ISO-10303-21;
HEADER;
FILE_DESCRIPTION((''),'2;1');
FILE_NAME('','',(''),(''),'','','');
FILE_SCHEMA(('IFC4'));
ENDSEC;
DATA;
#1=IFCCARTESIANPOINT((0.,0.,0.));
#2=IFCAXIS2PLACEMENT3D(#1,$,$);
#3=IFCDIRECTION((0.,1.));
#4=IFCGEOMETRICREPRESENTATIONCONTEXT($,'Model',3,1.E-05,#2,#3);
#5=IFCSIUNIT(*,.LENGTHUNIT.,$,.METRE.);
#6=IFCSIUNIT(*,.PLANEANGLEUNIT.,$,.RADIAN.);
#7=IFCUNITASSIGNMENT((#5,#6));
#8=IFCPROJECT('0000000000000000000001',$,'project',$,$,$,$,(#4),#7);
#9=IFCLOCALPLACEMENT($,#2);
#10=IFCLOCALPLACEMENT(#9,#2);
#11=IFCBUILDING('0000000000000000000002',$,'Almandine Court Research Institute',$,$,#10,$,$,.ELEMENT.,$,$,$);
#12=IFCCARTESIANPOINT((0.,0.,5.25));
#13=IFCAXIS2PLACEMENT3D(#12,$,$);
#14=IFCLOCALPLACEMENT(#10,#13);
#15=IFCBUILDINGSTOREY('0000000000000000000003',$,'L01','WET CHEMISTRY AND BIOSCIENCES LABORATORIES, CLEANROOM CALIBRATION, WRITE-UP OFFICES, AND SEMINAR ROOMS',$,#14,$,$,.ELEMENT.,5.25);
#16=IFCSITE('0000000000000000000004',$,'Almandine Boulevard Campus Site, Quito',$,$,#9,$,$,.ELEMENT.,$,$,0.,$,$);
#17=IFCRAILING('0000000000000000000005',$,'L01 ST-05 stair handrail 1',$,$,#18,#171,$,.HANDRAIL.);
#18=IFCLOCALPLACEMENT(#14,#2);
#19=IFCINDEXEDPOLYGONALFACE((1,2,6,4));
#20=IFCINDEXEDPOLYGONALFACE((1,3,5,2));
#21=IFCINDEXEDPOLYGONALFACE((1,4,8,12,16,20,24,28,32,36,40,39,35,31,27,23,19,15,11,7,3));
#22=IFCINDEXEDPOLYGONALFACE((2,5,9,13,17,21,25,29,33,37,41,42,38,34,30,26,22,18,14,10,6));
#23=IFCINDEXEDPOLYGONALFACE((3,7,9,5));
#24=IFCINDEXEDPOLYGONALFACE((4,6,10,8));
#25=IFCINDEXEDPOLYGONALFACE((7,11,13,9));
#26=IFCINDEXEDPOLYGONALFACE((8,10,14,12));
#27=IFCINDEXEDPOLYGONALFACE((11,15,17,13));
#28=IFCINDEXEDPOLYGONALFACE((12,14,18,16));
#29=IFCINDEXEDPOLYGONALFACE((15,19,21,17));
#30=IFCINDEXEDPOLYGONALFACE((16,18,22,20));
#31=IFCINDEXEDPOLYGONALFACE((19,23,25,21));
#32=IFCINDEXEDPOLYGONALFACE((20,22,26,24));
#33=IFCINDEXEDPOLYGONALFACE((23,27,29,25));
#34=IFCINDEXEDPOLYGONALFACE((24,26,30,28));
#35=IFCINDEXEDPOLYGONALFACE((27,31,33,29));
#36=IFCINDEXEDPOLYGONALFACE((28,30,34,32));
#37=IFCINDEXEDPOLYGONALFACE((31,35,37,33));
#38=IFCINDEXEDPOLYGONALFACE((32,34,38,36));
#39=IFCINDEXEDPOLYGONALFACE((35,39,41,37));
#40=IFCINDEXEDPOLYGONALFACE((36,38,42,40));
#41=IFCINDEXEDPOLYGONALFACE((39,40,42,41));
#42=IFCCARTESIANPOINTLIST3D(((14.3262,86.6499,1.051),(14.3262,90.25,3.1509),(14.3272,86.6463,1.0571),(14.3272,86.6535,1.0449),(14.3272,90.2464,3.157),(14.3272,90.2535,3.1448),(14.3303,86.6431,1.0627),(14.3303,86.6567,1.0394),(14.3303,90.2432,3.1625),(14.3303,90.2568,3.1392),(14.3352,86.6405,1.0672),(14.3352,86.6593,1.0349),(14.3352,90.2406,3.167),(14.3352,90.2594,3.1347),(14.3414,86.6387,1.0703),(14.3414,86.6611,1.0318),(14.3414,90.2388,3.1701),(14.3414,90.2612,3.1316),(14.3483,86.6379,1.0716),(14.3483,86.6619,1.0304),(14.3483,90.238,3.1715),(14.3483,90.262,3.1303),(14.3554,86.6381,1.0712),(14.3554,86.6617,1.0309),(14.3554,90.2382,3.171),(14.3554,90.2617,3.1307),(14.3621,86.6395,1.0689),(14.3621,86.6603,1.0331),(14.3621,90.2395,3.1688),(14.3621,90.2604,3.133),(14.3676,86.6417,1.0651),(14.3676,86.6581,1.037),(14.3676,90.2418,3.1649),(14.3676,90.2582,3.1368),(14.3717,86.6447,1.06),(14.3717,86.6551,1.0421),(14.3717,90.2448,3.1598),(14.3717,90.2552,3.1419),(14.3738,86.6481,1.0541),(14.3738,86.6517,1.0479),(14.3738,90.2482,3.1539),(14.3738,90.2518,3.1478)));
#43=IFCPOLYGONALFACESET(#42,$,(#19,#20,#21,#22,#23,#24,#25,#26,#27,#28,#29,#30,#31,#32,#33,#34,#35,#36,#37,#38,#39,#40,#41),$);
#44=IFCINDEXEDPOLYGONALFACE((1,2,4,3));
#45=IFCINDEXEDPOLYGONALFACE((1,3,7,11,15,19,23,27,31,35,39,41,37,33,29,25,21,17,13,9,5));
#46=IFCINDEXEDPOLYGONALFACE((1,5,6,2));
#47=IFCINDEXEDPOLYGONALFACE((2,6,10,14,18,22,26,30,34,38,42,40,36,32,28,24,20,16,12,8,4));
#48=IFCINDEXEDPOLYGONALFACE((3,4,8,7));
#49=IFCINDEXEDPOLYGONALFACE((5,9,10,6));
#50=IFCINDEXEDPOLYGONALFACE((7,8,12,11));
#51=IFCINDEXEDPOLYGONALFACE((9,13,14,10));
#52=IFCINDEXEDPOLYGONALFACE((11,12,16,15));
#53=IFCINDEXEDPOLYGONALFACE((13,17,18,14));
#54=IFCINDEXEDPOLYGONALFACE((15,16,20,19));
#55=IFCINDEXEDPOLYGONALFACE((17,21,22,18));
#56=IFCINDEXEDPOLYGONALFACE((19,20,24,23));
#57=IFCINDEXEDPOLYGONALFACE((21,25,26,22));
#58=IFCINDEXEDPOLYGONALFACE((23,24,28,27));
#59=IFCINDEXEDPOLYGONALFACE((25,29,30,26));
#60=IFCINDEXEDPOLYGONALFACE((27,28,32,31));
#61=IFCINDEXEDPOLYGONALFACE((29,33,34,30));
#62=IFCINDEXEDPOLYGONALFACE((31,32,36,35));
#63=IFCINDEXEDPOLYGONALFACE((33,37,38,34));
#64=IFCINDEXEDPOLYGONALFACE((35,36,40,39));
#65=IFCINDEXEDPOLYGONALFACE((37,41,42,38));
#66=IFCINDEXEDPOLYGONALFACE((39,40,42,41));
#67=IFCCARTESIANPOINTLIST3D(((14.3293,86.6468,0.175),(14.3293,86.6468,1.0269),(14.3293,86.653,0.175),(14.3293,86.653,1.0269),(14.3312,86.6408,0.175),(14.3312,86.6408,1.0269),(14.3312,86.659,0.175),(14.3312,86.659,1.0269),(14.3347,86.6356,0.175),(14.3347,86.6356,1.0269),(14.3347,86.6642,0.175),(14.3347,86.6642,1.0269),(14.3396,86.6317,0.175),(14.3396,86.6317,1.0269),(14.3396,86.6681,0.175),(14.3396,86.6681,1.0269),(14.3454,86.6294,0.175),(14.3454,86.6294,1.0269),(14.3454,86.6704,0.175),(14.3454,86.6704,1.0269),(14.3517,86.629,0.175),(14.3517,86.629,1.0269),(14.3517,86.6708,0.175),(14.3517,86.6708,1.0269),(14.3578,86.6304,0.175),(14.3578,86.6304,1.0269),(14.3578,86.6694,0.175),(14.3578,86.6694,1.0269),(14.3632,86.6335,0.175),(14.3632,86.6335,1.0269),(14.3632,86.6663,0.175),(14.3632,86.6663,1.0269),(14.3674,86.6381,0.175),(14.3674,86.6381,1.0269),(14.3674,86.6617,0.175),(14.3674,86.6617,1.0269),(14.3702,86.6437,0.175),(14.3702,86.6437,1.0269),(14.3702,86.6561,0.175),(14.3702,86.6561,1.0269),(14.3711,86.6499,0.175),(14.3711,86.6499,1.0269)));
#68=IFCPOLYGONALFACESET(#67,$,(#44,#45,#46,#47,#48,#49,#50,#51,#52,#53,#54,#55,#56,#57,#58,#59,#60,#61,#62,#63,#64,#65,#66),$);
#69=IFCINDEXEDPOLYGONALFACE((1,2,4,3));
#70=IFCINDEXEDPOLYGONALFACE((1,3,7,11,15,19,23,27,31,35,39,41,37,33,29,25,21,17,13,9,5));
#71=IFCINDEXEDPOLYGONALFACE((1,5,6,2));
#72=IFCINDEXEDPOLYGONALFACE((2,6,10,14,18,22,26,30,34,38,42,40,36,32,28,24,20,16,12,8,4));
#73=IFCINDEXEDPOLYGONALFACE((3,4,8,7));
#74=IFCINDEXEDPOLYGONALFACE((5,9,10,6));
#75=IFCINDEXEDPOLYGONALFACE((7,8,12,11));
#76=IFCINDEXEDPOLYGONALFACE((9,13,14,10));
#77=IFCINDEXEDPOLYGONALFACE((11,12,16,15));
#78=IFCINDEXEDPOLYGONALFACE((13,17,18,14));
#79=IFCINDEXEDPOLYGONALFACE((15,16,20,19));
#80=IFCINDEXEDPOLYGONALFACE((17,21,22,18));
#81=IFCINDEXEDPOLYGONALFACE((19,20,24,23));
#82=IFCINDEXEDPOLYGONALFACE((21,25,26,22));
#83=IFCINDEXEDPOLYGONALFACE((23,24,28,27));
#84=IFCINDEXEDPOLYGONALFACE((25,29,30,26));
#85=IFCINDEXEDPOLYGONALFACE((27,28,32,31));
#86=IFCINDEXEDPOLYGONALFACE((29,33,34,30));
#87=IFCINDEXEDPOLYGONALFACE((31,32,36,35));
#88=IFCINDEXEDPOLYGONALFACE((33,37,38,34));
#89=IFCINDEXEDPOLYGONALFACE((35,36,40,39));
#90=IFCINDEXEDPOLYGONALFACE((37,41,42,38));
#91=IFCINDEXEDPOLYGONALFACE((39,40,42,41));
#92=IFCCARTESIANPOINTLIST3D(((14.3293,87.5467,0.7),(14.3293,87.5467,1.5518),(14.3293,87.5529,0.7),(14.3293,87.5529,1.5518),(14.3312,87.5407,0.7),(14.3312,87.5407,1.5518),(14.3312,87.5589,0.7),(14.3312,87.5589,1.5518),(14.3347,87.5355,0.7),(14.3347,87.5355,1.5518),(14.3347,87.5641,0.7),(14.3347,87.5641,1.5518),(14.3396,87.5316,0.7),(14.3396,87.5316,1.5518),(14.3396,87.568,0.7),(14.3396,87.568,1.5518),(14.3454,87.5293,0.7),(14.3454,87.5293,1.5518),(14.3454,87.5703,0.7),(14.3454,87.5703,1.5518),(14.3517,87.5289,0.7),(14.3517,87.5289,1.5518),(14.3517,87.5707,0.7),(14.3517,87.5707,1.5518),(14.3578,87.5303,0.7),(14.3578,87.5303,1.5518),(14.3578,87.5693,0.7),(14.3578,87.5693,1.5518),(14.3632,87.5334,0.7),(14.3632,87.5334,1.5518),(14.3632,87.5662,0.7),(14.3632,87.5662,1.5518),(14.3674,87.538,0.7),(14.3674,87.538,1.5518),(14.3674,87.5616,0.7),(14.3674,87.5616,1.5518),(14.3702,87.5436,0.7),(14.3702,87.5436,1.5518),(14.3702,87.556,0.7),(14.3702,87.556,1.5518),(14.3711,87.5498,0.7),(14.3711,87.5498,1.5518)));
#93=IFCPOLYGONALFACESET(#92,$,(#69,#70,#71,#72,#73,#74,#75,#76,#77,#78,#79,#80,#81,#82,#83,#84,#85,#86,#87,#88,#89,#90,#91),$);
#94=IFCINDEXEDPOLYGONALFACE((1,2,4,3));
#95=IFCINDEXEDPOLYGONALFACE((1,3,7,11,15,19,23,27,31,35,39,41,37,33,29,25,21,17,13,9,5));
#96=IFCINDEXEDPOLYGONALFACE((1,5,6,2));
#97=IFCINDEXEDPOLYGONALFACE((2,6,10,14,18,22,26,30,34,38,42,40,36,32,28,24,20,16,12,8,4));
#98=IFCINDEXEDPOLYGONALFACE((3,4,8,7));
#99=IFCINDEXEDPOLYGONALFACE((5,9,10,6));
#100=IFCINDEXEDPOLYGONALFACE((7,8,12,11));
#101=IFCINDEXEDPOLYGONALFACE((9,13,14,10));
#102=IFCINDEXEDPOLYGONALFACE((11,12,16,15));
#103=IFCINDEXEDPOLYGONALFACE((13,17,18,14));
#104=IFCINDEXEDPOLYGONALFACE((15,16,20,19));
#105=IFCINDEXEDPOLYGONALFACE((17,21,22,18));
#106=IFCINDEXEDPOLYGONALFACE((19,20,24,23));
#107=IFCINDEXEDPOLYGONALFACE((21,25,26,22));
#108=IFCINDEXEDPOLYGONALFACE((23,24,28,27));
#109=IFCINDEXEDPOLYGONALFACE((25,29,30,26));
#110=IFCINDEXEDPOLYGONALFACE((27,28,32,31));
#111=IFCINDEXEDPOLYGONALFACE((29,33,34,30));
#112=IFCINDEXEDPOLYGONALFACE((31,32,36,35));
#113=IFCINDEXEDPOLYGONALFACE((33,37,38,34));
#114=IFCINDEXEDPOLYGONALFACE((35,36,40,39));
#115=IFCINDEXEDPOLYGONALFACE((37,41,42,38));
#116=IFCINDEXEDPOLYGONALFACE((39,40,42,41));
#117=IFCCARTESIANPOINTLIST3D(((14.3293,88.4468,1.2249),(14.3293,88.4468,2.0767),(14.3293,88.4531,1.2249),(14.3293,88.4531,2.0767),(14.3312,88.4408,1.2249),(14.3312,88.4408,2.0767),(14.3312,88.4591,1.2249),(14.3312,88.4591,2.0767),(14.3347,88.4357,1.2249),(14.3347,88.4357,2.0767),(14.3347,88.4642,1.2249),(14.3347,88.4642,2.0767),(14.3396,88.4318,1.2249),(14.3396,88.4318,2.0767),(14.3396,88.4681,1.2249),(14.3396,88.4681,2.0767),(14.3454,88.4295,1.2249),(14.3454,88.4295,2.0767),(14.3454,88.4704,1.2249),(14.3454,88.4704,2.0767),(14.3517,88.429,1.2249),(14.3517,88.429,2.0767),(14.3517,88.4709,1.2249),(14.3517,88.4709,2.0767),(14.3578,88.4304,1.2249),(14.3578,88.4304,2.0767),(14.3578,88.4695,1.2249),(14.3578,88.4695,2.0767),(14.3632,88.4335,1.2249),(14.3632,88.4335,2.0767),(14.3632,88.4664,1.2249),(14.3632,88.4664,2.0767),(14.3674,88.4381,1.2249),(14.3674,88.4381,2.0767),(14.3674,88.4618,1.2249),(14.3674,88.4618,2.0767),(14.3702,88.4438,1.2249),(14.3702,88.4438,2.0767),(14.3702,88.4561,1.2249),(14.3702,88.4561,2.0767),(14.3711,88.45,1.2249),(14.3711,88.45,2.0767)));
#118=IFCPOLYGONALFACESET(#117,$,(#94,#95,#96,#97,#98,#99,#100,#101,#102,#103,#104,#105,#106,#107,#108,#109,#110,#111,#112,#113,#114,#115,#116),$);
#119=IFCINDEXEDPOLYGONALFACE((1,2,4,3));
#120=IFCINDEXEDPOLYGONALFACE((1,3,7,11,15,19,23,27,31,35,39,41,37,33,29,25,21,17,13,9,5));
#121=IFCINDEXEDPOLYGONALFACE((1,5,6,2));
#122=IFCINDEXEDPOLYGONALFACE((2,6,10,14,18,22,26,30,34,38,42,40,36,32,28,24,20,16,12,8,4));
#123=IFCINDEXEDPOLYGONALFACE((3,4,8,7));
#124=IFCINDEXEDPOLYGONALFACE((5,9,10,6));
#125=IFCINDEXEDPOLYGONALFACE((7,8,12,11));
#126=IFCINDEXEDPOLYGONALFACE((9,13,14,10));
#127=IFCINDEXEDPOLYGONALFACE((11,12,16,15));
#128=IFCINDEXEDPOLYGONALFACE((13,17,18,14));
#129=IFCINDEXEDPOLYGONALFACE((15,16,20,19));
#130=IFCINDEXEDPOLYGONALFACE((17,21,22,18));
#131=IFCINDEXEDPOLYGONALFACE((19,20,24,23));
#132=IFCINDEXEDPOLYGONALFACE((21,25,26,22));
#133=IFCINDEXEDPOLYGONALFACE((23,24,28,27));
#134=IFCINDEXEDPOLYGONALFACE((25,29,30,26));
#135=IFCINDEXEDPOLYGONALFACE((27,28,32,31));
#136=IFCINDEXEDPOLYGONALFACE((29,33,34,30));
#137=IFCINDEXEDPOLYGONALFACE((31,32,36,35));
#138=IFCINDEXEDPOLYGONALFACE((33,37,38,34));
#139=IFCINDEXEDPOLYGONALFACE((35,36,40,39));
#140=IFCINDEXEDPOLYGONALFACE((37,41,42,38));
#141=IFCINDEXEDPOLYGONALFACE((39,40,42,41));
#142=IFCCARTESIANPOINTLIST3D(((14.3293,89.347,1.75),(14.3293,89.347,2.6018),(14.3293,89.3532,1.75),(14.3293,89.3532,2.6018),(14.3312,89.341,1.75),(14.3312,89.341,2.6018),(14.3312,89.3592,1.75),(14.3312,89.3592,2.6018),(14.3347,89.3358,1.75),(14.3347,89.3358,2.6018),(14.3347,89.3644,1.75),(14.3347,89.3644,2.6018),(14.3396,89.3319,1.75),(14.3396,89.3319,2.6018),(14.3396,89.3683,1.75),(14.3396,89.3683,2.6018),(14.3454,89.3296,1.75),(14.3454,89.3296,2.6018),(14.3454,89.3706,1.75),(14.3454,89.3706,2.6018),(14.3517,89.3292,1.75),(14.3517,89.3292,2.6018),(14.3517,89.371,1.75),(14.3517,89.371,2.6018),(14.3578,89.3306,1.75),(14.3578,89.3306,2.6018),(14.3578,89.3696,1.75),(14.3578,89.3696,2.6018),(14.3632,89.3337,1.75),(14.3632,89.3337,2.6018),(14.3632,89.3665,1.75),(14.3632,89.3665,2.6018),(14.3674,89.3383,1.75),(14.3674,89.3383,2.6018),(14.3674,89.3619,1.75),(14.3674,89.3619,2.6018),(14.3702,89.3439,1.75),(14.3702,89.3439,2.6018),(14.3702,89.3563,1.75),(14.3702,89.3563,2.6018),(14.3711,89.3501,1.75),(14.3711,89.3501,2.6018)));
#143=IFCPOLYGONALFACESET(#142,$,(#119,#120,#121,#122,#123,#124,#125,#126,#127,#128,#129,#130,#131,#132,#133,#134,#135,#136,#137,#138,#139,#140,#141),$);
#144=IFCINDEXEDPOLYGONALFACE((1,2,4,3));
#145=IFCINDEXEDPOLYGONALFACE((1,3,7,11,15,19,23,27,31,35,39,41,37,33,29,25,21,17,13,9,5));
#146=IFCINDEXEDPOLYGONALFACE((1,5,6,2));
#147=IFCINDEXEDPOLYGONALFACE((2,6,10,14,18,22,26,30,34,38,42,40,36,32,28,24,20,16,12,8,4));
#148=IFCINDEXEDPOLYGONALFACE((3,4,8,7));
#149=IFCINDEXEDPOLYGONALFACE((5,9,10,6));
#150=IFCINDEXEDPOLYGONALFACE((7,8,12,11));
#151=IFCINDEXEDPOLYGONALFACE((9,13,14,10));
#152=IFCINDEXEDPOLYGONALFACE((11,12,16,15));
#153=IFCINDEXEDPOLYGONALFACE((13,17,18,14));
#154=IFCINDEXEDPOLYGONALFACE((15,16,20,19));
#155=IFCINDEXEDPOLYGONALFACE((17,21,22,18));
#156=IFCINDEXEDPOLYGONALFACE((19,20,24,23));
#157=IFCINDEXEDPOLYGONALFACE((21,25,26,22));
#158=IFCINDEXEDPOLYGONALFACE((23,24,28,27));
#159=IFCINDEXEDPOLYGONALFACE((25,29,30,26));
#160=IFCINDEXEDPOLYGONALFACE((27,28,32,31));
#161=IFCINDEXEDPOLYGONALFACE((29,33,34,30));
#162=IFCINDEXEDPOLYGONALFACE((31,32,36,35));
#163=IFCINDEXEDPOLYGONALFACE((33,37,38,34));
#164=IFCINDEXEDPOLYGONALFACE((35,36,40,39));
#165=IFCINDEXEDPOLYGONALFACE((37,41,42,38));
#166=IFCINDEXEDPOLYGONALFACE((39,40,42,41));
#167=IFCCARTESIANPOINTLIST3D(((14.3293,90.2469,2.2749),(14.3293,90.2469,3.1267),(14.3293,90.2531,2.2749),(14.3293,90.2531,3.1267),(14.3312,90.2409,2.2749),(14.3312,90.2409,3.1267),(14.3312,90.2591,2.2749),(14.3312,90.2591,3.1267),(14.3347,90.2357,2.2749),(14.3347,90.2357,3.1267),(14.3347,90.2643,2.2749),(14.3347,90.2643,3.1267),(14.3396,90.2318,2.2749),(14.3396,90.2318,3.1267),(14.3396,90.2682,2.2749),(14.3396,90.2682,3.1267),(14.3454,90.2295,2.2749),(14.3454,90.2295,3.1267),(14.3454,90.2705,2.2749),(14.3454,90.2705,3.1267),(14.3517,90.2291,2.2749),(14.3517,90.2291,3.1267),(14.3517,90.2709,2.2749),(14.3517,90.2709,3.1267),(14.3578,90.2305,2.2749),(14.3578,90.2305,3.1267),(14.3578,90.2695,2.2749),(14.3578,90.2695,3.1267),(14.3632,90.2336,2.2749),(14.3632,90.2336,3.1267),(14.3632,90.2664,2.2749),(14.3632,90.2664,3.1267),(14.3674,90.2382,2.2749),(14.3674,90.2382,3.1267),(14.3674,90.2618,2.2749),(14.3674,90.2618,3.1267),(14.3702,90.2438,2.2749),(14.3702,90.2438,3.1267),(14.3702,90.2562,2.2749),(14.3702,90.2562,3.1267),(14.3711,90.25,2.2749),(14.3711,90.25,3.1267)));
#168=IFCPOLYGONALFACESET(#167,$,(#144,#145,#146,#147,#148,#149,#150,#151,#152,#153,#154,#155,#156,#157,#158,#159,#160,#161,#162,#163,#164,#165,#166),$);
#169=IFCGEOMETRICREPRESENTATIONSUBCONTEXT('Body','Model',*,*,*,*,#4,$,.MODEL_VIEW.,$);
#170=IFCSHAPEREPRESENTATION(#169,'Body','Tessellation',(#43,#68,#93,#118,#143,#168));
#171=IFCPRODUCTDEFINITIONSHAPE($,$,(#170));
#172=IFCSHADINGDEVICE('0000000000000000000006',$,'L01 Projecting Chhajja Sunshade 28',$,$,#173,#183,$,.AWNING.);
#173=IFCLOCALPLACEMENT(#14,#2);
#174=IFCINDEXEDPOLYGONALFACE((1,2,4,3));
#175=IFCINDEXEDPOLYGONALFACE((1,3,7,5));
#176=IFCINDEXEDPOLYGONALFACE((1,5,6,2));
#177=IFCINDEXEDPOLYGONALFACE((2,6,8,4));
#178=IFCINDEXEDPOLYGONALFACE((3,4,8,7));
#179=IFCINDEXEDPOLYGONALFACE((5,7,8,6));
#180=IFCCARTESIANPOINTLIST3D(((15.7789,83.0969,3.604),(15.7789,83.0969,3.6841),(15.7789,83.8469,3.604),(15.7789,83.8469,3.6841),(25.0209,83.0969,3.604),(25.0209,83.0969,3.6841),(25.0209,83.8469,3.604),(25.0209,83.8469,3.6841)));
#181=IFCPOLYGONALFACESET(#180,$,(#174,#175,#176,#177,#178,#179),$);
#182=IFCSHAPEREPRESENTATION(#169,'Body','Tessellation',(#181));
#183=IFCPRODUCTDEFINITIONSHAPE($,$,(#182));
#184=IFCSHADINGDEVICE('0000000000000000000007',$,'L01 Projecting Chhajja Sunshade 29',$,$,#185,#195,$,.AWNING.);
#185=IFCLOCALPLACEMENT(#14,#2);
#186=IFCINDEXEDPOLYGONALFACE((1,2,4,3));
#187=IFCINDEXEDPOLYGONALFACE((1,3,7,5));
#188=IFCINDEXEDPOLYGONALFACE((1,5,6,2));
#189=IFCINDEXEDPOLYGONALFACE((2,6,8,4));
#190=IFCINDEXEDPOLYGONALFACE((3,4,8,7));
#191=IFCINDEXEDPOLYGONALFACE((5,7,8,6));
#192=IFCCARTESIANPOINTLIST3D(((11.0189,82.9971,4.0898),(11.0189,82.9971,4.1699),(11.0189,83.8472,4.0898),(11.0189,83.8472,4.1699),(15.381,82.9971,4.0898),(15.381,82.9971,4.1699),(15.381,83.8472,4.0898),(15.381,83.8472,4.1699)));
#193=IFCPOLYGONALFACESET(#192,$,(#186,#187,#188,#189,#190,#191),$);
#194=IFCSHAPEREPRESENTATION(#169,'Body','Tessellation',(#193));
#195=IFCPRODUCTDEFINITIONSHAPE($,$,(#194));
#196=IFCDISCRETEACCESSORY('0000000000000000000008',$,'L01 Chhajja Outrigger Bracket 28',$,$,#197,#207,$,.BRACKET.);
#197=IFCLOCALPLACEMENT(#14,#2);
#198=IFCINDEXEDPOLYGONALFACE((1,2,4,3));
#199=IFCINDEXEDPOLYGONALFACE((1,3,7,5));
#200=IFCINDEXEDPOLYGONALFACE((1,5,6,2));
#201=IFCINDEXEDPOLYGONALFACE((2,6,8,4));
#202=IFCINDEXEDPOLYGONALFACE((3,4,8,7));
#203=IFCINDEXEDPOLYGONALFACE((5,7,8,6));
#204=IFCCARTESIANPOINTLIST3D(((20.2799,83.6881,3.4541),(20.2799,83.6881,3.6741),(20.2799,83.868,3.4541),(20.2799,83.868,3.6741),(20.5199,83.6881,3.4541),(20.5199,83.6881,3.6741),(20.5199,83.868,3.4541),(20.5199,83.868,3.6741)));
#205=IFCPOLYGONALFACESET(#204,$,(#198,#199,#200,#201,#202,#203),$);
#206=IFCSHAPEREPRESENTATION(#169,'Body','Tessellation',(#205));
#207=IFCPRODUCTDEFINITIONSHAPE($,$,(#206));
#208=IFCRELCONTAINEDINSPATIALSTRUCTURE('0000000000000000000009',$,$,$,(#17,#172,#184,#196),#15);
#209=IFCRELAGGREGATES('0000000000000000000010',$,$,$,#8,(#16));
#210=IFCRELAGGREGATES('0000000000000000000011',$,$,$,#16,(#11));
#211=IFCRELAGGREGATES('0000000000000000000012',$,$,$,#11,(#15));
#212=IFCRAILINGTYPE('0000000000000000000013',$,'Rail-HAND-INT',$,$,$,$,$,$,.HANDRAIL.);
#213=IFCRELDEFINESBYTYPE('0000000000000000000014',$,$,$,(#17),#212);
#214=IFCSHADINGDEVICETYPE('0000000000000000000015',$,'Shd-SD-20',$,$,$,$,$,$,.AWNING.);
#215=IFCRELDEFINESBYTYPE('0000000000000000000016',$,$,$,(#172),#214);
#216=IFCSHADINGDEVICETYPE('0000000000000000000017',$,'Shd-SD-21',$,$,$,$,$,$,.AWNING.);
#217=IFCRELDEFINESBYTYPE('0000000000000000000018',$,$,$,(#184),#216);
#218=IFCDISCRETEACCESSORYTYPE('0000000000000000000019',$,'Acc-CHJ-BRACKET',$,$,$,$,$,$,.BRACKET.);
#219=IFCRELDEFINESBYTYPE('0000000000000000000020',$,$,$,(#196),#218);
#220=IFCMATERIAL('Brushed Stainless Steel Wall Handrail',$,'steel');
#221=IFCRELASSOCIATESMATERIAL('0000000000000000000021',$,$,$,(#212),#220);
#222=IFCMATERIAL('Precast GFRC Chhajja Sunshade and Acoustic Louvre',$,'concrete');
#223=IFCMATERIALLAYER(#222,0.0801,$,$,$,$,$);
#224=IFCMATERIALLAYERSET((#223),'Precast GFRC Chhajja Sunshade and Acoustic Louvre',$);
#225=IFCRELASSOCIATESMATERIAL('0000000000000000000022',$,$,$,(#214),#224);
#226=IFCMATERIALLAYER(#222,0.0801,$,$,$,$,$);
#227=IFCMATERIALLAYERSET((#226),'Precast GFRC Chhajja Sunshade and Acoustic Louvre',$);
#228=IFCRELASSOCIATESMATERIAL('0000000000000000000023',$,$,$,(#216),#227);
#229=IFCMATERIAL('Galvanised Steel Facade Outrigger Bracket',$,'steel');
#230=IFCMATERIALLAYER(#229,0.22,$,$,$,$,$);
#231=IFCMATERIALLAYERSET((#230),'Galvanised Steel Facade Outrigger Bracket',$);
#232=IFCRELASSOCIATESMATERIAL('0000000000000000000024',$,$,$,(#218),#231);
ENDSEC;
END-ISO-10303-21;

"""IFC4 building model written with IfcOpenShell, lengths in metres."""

from ifc_helpers import new_model, si_unit, direction, frame, origin, origin_2d, place, context, subcontext, project, spatial, rectangle, circle, extrude, material, layer, layer_set, type_object, element, save


model = new_model("IFC4")

# Units and contexts
model_context = context("Model", 3, precision=1e-05, world=origin(), true_north=direction((0.0, 1.0)))
body_context = subcontext(model_context, "Body", "Model", "MODEL_VIEW")
ifc_project = project(units=[si_unit("LENGTHUNIT", "METRE"), si_unit("PLANEANGLEUNIT", "RADIAN")], contexts=[model_context])

# Site, building, storey
site_placement = place(None, origin())
site = spatial("IfcSite", under=ifc_project, at=site_placement, Name="Almandine Boulevard Campus Site, Quito", CompositionType="ELEMENT", RefElevation=0.0)
building_placement = place(site_placement, origin())
building = spatial("IfcBuilding", under=site, at=building_placement, Name="Almandine Court Research Institute", CompositionType="ELEMENT")
storey_placement = place(building_placement, frame((0.0, 0.0, 5.25)))
storey = spatial("IfcBuildingStorey", under=building, at=storey_placement, Name="L01", Description="WET CHEMISTRY AND BIOSCIENCES LABORATORIES, CLEANROOM CALIBRATION, WRITE-UP OFFICES, AND SEMINAR ROOMS", CompositionType="ELEMENT", Elevation=5.25)

# Railing
ifc_material_1 = material(Name="Brushed Stainless Steel Wall Handrail", Category="steel")
railing_type_1 = type_object("IfcRailingType", Name="Rail-HAND-INT", PredefinedType="HANDRAIL", material=ifc_material_1)
railing_1_placement = place(storey_placement, frame((14.3501, 86.6499, 0.175)))
element("IfcRailing", 1, at=railing_1_placement, inside=storey, type_object=railing_type_1, Name="L01 ST-05 stair handrail 1", PredefinedType="HANDRAIL", context=body_context, shape_type="SweptSolid", body=[
    extrude(circle(Radius=0.0239, at=origin_2d()), frame((0.0, 0.0, 0.876), z_axis=(0.0, 0.8638, 0.503835), x_axis=(-1.0, 0.0, 0.0)), (0.0, 0.0, 1.0), 4.1677),
    extrude(circle(Radius=0.021, at=origin_2d()), origin(), (0.0, 0.0, 1.0), 0.8518),
    extrude(circle(Radius=0.021, at=origin_2d()), frame((0.0, 0.8999, 0.5249)), (0.0, 0.0, 1.0), 0.8518),
    extrude(circle(Radius=0.021, at=origin_2d()), frame((0.0, 1.8, 1.0498)), (0.0, 0.0, 1.0), 0.8518),
    extrude(circle(Radius=0.021, at=origin_2d()), frame((0.0, 2.7002, 1.575)), (0.0, 0.0, 1.0), 0.8518),
    extrude(circle(Radius=0.021, at=origin_2d()), frame((0.0, 3.6001, 2.0999)), (0.0, 0.0, 1.0), 0.8518),
])

# Shading devices
ifc_material_2 = material(Name="Precast GFRC Chhajja Sunshade and Acoustic Louvre", Category="concrete")
ifc_layer_1 = layer(ifc_material_2, 0.0801)
ifc_layer_set_1 = layer_set([ifc_layer_1], Name="Precast GFRC Chhajja Sunshade and Acoustic Louvre")
shading_device_type_1 = type_object("IfcShadingDeviceType", Name="Shd-SD-20", PredefinedType="AWNING", material=ifc_layer_set_1)
shading_device_1_placement = place(storey_placement, frame((20.3999, 83.4719, 3.604), z_axis=(0.0, 0.0, 1.0), x_axis=(-1.0, 0.0, 0.0)))
element("IfcShadingDevice", 2, at=shading_device_1_placement, inside=storey, type_object=shading_device_type_1, Name="L01 Projecting Chhajja Sunshade 28", PredefinedType="AWNING", context=body_context, shape_type="SweptSolid", body=[
    extrude(rectangle(XDim=9.2419, YDim=0.75, at=origin_2d()), origin(), (0.0, 0.0, 1.0), 0.0801),
])
ifc_layer_2 = layer(ifc_material_2, 0.0801)
ifc_layer_set_2 = layer_set([ifc_layer_2], Name="Precast GFRC Chhajja Sunshade and Acoustic Louvre")
shading_device_type_2 = type_object("IfcShadingDeviceType", Name="Shd-SD-21", PredefinedType="AWNING", material=ifc_layer_set_2)
shading_device_2_placement = place(storey_placement, frame((13.2, 83.4221, 4.0898), z_axis=(0.0, 0.0, 1.0), x_axis=(-1.0, 0.0, 0.0)))
element("IfcShadingDevice", 3, at=shading_device_2_placement, inside=storey, type_object=shading_device_type_2, Name="L01 Projecting Chhajja Sunshade 29", PredefinedType="AWNING", context=body_context, shape_type="SweptSolid", body=[
    extrude(rectangle(XDim=4.3621, YDim=0.8501, at=origin_2d()), origin(), (0.0, 0.0, 1.0), 0.0801),
])

# Discrete accessory
ifc_material_3 = material(Name="Galvanised Steel Facade Outrigger Bracket", Category="steel")
ifc_layer_3 = layer(ifc_material_3, 0.22)
ifc_layer_set_3 = layer_set([ifc_layer_3], Name="Galvanised Steel Facade Outrigger Bracket")
discrete_accessory_type = type_object("IfcDiscreteAccessoryType", Name="Acc-CHJ-BRACKET", PredefinedType="BRACKET", material=ifc_layer_set_3)
for number, where, z_axis, x_axis, name in (
    (4, (20.3999, 83.7781, 3.4541), (0.0, 0.0, 1.0), (-1.0, 0.0, 0.0), "L01 Chhajja Outrigger Bracket 28"),
):
    element("IfcDiscreteAccessory", number, at=place(storey_placement, frame(where, z_axis=z_axis, x_axis=x_axis)), inside=storey, type_object=discrete_accessory_type, Name=name, PredefinedType="BRACKET", context=body_context, shape_type="SweptSolid", body=[
        extrude(rectangle(XDim=0.24, YDim=0.1799, at=origin_2d()), origin(), (0.0, 0.0, 1.0), 0.22),
    ])

save(model, "model.ifc")
